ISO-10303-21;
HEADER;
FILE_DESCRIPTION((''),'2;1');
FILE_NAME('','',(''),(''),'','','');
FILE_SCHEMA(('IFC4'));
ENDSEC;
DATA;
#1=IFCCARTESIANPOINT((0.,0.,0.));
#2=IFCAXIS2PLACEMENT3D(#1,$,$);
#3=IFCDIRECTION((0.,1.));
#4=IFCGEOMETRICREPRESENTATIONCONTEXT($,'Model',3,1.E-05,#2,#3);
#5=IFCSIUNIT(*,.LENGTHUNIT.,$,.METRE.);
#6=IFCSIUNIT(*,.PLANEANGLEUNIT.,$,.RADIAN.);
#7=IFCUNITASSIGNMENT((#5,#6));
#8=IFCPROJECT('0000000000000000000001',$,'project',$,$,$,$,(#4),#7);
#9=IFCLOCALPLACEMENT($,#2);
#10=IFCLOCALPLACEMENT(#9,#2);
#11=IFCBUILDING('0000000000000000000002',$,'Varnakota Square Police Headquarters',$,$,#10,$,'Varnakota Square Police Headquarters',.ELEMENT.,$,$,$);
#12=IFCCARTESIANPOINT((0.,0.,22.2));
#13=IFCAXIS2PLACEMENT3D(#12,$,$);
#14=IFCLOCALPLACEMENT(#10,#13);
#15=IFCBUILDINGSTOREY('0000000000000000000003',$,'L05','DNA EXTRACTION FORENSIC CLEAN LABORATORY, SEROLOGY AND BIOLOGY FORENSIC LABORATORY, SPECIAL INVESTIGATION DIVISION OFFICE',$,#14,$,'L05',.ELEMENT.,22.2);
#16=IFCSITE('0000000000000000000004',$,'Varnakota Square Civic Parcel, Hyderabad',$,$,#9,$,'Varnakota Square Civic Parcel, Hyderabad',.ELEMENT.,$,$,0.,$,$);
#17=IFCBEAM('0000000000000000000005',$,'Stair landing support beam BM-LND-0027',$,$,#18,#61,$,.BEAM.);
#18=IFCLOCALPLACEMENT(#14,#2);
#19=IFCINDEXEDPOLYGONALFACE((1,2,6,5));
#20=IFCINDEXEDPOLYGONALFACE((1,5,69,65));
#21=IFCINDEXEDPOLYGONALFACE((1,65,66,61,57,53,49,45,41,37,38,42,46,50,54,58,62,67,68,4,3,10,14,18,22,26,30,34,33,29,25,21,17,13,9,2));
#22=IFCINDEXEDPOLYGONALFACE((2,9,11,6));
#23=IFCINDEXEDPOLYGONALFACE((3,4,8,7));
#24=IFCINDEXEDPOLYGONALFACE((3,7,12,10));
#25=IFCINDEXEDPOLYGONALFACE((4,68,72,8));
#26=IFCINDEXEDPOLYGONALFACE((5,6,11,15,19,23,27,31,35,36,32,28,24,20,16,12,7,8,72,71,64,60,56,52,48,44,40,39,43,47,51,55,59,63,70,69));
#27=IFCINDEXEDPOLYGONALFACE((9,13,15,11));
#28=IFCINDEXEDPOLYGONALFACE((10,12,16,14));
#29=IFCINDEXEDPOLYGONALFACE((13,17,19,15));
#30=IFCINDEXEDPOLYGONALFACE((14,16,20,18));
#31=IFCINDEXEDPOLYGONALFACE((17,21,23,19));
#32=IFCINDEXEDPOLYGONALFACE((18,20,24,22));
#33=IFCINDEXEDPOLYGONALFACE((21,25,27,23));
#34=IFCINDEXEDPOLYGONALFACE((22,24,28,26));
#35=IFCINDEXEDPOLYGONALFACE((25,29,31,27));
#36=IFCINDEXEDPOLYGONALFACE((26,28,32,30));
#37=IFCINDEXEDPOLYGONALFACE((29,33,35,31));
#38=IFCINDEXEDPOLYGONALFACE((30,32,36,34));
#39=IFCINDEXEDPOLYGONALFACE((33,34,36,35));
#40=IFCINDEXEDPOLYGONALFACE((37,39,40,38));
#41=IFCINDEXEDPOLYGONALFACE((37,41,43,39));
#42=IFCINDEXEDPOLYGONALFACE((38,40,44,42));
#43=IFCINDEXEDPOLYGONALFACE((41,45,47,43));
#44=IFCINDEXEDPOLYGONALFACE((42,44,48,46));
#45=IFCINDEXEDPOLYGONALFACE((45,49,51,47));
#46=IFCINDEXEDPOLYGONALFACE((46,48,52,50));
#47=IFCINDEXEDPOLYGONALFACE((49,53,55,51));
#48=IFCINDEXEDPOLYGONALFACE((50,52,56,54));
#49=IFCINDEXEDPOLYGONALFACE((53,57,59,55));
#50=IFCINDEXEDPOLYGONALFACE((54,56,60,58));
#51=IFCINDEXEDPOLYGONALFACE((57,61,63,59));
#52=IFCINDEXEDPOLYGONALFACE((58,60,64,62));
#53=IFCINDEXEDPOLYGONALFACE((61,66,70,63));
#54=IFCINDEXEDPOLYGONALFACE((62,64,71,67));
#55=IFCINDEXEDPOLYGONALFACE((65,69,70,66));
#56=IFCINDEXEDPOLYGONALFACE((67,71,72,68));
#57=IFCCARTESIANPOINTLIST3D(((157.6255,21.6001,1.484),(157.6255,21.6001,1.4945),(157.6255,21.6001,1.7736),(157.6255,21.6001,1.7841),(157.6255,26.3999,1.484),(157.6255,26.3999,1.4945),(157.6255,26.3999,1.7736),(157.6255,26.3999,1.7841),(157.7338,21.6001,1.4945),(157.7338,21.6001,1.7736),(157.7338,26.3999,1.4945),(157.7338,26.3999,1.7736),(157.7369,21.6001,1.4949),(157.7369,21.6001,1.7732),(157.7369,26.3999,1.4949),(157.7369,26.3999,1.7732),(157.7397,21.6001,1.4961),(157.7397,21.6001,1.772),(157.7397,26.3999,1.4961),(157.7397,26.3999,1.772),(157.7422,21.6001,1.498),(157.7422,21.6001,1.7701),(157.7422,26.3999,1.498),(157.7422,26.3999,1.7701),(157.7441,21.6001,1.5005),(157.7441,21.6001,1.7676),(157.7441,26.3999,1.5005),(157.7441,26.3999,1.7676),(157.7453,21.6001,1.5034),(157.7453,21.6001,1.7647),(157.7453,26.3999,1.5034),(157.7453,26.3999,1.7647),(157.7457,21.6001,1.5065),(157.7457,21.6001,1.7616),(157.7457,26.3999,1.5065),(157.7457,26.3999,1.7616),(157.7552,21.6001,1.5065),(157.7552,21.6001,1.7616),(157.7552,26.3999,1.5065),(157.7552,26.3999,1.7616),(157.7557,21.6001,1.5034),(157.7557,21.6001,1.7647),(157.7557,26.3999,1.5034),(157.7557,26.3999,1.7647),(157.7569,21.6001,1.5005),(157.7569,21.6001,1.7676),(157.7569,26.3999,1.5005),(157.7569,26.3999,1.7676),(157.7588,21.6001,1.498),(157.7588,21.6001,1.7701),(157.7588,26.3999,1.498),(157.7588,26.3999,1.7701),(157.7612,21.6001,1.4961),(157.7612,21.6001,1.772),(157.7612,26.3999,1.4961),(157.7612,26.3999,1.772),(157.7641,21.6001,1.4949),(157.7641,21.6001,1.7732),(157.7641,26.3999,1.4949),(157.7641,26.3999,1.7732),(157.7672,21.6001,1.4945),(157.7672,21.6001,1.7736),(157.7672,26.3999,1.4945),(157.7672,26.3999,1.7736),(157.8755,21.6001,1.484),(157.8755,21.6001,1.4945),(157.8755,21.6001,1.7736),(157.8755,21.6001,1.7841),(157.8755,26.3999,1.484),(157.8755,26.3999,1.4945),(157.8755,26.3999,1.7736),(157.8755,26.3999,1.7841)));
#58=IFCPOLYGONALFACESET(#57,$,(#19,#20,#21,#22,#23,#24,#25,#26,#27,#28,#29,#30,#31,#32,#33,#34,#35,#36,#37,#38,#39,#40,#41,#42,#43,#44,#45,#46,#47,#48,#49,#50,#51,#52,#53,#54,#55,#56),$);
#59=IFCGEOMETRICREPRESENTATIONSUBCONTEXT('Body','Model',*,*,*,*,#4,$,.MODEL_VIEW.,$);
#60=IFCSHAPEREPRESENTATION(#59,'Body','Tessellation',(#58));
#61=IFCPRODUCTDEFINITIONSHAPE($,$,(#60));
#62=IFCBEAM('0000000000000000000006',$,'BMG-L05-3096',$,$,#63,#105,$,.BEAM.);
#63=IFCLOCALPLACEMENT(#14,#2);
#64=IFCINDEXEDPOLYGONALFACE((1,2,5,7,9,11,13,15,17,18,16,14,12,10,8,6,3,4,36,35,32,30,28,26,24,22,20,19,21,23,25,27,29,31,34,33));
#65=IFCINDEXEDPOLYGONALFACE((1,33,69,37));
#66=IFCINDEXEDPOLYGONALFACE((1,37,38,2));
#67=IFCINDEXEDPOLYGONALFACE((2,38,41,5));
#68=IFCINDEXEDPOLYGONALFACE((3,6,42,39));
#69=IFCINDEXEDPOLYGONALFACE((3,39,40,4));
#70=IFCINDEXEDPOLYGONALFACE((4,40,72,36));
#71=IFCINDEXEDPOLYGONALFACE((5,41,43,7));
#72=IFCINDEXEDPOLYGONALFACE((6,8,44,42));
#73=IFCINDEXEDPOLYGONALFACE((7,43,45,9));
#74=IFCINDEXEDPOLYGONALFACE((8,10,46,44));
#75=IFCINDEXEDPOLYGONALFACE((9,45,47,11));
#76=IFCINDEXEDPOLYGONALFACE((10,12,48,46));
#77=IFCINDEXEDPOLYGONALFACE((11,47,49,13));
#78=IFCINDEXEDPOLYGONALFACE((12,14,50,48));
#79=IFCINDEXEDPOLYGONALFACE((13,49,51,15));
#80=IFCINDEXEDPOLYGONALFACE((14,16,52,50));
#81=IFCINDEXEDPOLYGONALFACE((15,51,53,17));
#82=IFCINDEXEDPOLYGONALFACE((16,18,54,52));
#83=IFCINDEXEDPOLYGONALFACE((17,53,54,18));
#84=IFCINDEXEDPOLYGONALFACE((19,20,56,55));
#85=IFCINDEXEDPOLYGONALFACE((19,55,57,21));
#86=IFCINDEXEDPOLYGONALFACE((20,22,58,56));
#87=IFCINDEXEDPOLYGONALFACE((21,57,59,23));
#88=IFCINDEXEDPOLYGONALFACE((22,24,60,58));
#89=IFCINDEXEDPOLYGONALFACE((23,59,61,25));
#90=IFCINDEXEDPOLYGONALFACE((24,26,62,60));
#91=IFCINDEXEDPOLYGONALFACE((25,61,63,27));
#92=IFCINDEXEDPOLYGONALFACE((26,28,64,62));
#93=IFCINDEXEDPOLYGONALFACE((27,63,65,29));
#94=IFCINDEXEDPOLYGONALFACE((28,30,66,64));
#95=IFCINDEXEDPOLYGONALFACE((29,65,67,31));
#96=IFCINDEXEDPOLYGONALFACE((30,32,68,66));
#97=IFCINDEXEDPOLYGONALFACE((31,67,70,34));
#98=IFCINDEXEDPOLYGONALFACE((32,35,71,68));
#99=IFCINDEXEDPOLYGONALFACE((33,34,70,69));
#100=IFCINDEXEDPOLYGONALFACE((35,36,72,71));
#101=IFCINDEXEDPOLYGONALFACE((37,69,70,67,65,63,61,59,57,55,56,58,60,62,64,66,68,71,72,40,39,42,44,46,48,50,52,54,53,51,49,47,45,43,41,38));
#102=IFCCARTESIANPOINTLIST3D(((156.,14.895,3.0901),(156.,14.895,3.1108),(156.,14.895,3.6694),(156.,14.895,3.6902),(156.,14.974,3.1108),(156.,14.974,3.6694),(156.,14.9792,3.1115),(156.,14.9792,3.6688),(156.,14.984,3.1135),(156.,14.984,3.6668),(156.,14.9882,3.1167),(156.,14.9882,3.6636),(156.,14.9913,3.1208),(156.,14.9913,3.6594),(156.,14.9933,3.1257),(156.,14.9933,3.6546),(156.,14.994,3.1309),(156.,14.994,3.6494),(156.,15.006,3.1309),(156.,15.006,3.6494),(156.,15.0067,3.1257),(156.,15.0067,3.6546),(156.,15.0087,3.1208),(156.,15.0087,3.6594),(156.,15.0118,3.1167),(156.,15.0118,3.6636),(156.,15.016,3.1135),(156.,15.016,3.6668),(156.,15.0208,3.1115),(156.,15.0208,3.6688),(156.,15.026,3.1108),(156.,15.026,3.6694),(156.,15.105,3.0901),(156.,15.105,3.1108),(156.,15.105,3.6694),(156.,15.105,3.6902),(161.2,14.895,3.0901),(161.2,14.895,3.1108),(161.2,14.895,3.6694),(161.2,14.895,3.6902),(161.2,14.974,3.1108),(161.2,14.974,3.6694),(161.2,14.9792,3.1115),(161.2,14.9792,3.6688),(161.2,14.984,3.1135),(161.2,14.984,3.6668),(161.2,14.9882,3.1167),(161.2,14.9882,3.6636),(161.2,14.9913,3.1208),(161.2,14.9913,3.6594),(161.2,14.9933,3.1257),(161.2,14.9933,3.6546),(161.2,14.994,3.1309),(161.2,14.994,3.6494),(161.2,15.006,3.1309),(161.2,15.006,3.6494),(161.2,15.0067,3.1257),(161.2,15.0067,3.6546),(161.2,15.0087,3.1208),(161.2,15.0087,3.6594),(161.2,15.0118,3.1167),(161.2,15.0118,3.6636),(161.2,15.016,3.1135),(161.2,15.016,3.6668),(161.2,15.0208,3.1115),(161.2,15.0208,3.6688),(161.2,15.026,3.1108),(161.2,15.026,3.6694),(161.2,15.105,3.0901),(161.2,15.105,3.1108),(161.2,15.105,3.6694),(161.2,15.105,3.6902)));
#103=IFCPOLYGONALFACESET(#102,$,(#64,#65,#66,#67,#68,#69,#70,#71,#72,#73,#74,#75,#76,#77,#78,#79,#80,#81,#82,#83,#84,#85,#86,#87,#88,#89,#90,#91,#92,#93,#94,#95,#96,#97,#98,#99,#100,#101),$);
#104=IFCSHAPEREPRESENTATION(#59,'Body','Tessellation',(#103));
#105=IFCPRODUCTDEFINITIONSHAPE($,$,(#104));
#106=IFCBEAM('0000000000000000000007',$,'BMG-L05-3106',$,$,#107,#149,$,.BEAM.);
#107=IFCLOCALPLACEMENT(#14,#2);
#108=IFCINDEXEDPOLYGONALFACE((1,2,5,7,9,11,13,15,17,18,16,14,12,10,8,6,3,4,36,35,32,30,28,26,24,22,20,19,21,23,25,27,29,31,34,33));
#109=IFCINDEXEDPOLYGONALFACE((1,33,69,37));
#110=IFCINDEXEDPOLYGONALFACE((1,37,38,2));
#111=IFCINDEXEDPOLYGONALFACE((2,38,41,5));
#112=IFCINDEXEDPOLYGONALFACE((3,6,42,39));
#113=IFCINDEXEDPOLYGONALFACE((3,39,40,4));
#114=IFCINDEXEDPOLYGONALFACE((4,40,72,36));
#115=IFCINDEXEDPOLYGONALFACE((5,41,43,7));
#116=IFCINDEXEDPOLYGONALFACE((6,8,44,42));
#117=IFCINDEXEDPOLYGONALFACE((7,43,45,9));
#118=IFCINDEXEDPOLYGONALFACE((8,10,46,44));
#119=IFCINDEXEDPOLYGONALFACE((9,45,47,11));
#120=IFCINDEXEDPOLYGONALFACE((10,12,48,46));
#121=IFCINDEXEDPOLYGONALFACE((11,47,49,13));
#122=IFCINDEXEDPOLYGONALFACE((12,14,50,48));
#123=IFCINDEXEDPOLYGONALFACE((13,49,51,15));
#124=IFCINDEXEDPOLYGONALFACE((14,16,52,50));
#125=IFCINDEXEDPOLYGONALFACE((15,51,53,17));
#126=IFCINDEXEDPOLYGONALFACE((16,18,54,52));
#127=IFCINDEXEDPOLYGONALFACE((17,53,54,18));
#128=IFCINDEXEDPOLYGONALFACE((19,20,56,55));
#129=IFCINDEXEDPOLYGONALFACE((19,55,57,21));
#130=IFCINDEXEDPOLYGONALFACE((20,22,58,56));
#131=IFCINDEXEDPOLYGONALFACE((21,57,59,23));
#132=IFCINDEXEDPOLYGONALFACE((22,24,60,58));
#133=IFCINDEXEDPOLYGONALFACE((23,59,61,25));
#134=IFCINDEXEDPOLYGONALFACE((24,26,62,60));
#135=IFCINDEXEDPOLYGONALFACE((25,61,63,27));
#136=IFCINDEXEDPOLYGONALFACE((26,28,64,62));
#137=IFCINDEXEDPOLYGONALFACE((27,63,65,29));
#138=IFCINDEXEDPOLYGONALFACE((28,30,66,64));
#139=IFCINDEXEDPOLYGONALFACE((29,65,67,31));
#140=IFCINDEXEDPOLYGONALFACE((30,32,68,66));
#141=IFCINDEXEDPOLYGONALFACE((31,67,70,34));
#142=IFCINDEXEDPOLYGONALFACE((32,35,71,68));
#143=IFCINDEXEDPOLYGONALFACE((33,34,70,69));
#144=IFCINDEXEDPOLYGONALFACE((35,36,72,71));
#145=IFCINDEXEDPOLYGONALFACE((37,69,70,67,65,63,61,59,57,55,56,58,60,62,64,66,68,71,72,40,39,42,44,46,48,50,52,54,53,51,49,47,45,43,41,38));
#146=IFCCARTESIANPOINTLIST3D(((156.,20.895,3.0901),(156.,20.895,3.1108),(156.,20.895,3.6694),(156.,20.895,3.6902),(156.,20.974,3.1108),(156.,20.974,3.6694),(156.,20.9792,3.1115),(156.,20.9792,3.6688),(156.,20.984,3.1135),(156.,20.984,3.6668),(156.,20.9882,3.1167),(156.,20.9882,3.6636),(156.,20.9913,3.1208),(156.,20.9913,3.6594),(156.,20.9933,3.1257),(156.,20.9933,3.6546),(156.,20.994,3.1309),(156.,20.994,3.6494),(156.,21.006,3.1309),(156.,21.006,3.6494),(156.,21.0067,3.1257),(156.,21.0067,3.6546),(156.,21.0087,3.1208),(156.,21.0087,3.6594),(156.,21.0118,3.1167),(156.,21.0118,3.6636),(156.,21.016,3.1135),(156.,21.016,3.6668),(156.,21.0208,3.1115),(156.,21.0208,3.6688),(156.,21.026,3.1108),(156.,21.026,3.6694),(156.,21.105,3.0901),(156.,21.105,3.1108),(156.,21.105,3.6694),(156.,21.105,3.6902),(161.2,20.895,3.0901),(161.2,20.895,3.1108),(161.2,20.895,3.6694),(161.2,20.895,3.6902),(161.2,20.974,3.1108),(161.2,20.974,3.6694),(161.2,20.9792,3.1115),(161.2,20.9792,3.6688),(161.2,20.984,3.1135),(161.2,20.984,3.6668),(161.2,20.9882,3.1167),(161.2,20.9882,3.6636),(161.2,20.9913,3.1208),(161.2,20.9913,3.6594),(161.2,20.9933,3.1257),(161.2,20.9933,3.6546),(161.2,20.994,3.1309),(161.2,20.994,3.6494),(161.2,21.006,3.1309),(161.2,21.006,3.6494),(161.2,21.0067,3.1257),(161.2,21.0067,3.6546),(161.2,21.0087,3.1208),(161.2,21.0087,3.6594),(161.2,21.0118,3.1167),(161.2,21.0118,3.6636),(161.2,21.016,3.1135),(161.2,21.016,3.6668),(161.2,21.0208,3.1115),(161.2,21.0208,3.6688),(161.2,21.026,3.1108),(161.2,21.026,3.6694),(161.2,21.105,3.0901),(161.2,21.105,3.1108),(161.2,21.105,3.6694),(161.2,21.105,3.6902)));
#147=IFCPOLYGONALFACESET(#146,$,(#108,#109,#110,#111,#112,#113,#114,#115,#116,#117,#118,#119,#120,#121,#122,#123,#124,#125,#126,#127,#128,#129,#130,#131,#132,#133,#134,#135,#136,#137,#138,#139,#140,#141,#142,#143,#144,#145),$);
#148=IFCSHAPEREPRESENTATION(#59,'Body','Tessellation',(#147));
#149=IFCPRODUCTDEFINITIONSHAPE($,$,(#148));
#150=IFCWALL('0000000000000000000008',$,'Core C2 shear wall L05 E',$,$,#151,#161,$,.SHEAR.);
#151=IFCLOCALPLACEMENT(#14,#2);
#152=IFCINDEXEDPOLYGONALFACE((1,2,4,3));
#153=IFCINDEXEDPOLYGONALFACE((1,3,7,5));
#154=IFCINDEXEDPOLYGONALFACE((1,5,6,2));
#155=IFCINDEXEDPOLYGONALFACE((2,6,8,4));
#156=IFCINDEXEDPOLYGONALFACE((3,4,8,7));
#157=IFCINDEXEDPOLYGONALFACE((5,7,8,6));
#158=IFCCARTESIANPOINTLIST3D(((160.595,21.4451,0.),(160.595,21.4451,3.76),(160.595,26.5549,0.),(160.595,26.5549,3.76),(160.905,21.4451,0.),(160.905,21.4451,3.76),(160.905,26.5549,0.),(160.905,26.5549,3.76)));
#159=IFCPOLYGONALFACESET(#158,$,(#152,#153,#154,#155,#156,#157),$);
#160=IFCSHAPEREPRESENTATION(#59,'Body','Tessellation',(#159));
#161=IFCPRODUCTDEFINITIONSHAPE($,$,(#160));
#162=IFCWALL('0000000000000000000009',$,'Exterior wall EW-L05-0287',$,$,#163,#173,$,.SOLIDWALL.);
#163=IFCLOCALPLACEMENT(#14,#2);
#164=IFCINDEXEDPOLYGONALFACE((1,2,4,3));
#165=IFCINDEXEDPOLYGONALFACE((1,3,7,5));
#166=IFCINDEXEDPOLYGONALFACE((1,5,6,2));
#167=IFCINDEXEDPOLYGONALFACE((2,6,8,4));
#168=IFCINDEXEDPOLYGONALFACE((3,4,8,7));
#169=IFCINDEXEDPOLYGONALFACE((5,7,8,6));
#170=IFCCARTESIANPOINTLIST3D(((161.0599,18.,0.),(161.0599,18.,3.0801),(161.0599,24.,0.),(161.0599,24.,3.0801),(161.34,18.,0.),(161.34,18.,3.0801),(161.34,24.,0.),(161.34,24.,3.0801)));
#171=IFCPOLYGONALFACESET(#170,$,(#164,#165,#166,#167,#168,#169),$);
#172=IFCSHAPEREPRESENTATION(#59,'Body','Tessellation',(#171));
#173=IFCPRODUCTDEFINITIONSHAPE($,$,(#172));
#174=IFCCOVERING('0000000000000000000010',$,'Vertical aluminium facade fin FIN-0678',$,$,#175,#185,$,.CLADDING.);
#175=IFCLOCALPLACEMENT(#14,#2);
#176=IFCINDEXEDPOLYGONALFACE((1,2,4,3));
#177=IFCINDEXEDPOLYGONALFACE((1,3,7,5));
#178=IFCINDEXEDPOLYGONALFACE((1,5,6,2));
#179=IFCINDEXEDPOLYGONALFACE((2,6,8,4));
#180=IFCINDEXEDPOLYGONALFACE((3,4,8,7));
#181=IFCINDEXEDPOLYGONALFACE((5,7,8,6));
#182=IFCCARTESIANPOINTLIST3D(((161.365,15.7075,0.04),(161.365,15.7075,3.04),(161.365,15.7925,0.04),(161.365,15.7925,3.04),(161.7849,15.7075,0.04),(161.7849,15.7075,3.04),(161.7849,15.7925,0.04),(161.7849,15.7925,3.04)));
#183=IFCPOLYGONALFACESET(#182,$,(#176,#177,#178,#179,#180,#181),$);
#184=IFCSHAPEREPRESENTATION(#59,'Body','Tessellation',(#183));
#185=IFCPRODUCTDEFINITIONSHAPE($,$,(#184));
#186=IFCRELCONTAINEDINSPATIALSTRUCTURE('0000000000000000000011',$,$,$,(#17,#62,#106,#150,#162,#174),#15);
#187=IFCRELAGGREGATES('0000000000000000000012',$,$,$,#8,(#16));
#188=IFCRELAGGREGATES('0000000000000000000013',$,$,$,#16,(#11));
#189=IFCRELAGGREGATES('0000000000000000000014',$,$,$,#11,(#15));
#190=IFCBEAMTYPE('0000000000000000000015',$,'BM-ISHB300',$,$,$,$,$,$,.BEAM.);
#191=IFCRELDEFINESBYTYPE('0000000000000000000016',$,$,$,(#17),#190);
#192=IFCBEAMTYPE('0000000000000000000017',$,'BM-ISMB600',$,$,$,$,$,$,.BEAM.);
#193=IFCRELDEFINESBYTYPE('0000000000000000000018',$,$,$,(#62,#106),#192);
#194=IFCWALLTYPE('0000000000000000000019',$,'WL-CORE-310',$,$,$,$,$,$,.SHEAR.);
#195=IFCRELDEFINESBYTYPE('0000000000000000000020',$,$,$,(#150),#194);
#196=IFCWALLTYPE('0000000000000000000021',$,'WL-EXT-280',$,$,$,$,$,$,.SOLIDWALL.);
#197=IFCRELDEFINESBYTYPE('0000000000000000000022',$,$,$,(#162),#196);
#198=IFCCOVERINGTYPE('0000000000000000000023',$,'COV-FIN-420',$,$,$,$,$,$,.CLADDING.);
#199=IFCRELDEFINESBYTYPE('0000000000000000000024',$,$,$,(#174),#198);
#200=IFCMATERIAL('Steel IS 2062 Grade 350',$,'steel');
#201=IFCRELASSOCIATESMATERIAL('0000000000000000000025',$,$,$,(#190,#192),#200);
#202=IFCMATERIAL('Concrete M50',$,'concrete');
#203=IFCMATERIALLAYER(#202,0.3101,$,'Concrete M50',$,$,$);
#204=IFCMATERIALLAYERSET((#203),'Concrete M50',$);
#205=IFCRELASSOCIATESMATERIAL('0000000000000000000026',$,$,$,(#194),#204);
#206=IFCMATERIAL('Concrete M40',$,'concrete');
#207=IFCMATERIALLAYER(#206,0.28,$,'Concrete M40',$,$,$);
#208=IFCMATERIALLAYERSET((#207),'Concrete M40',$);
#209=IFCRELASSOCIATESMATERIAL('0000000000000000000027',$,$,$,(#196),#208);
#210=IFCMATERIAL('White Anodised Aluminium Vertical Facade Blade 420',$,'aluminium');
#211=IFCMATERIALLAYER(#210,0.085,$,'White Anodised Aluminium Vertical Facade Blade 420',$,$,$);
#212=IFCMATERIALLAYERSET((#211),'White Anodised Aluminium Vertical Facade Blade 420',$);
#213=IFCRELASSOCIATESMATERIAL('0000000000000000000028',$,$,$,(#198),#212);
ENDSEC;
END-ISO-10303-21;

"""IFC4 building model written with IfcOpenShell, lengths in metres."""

from ifc_helpers import new_model, si_unit, direction, frame, frame_2d, origin, origin_2d, place, context, subcontext, project, spatial, rectangle, i_section, extrude, material, layer, layer_set, material_profile, profile_set, type_object, element, save


model = new_model("IFC4")

# Units and contexts
model_context = context("Model", 3, precision=1e-05, world=origin(), true_north=direction((0.0, 1.0)))
body_context = subcontext(model_context, "Body", "Model", "MODEL_VIEW")
ifc_project = project(units=[si_unit("LENGTHUNIT", "METRE"), si_unit("PLANEANGLEUNIT", "RADIAN")], contexts=[model_context])

# Site, building, storey
site_placement = place(None, origin())
site = spatial("IfcSite", under=ifc_project, at=site_placement, Name="Varnakota Square Civic Parcel, Hyderabad", LongName="Varnakota Square Civic Parcel, Hyderabad", CompositionType="ELEMENT", RefElevation=0.0)
building_placement = place(site_placement, origin())
building = spatial("IfcBuilding", under=site, at=building_placement, Name="Varnakota Square Police Headquarters", LongName="Varnakota Square Police Headquarters", CompositionType="ELEMENT")
storey_placement = place(building_placement, frame((0.0, 0.0, 22.2)))
storey = spatial("IfcBuildingStorey", under=building, at=storey_placement, Name="L05", Description="DNA EXTRACTION FORENSIC CLEAN LABORATORY, SEROLOGY AND BIOLOGY FORENSIC LABORATORY, SPECIAL INVESTIGATION DIVISION OFFICE", LongName="L05", CompositionType="ELEMENT", Elevation=22.2)

# Shared definitions
ifc_material_1 = material(Name="Steel IS 2062 Grade 350", Category="steel")

# Beams
ifc_material_profile_1 = material_profile(ifc_material_1, i_section(OverallWidth=0.25, OverallDepth=0.3, WebThickness=0.0095, FlangeThickness=0.0105, FilletRadius=0.012, at=origin_2d()), Name="ISHB 300")
ifc_profile_set_1 = profile_set([ifc_material_profile_1], Name="Steel IS 2062 Grade 350")
beam_type_1 = type_object("IfcBeamType", Name="BM-ISHB300", PredefinedType="BEAM", material=ifc_profile_set_1)
beam_1_placement = place(storey_placement, frame((157.7505, 21.6001, 1.634), z_axis=(0.0, 1.0, 0.0), x_axis=(-1.0, 0.0, 0.0)))
element("IfcBeam", 1, at=beam_1_placement, inside=storey, type_object=beam_type_1, Name="Stair landing support beam BM-LND-0027", PredefinedType="BEAM", context=body_context, shape_type="SweptSolid", body=[
    extrude(i_section(OverallWidth=0.25, OverallDepth=0.3, WebThickness=0.0095, FlangeThickness=0.0105, FilletRadius=0.012, at=origin_2d()), origin(), (0.0, 0.0, 1.0), 4.7998),
])
ifc_material_profile_2 = material_profile(ifc_material_1, i_section(OverallWidth=0.21, OverallDepth=0.6001, WebThickness=0.012, FlangeThickness=0.0208, FilletRadius=0.02, at=origin_2d()), Name="ISMB 600")
ifc_profile_set_2 = profile_set([ifc_material_profile_2], Name="Steel IS 2062 Grade 350")
beam_type_2 = type_object("IfcBeamType", Name="BM-ISMB600", PredefinedType="BEAM", material=ifc_profile_set_2)
for number, where, z_axis, x_axis, name in (
    (2, (156.0, 15.0, 3.3901), (1.0, 0.0, 0.0), (0.0, 1.0, 0.0), "BMG-L05-3096"),
    (3, (156.0, 21.0, 3.3901), (1.0, 0.0, 0.0), (0.0, 1.0, 0.0), "BMG-L05-3106"),
):
    element("IfcBeam", number, at=place(storey_placement, frame(where, z_axis=z_axis, x_axis=x_axis)), inside=storey, type_object=beam_type_2, Name=name, PredefinedType="BEAM", context=body_context, shape_type="SweptSolid", body=[
        extrude(i_section(OverallWidth=0.21, OverallDepth=0.6001, WebThickness=0.012, FlangeThickness=0.0208, FilletRadius=0.02, at=origin_2d()), origin(), (0.0, 0.0, 1.0), 5.2),
    ])

# Walls
ifc_material_2 = material(Name="Concrete M50", Category="concrete")
ifc_layer_1 = layer(ifc_material_2, 0.3101, Name="Concrete M50")
ifc_layer_set_1 = layer_set([ifc_layer_1], Name="Concrete M50")
wall_type_1 = type_object("IfcWallType", Name="WL-CORE-310", PredefinedType="SHEAR", material=ifc_layer_set_1)
wall_1_placement = place(storey_placement, frame((160.75, 21.4451, 0.0), z_axis=(0.0, 0.0, 1.0), x_axis=(0.0, 1.0, 0.0)))
element("IfcWall", 4, at=wall_1_placement, inside=storey, type_object=wall_type_1, Name="Core C2 shear wall L05 E", PredefinedType="SHEAR", context=body_context, shape_type="SweptSolid", body=[
    extrude(rectangle(XDim=5.1099, YDim=0.3101, at=frame_2d((2.5549, 0.0))), origin(), (0.0, 0.0, 1.0), 3.76),
])
ifc_material_3 = material(Name="Concrete M40", Category="concrete")
ifc_layer_2 = layer(ifc_material_3, 0.28, Name="Concrete M40")
ifc_layer_set_2 = layer_set([ifc_layer_2], Name="Concrete M40")
wall_type_2 = type_object("IfcWallType", Name="WL-EXT-280", PredefinedType="SOLIDWALL", material=ifc_layer_set_2)
wall_2_placement = place(storey_placement, frame((161.2, 18.0, 0.0), z_axis=(0.0, 0.0, 1.0), x_axis=(0.0, 1.0, 0.0)))
element("IfcWall", 5, at=wall_2_placement, inside=storey, type_object=wall_type_2, Name="Exterior wall EW-L05-0287", PredefinedType="SOLIDWALL", context=body_context, shape_type="SweptSolid", body=[
    extrude(rectangle(XDim=6.0, YDim=0.28, at=frame_2d((3.0, 0.0))), origin(), (0.0, 0.0, 1.0), 3.0801),
])

# Covering
ifc_material_4 = material(Name="White Anodised Aluminium Vertical Facade Blade 420", Category="aluminium")
ifc_layer_3 = layer(ifc_material_4, 0.085, Name="White Anodised Aluminium Vertical Facade Blade 420")
ifc_layer_set_3 = layer_set([ifc_layer_3], Name="White Anodised Aluminium Vertical Facade Blade 420")
covering_type_1 = type_object("IfcCoveringType", Name="COV-FIN-420", PredefinedType="CLADDING", material=ifc_layer_set_3)
for number, where, z_axis, x_axis, name in (
    (6, (161.575, 15.75, 0.04), (0.0, 0.0, 1.0), (0.0, 1.0, 0.0), "Vertical aluminium facade fin FIN-0678"),
):
    element("IfcCovering", number, at=place(storey_placement, frame(where, z_axis=z_axis, x_axis=x_axis)), inside=storey, type_object=covering_type_1, Name=name, PredefinedType="CLADDING", context=body_context, shape_type="SweptSolid", body=[
        extrude(rectangle(XDim=0.085, YDim=0.4199, at=origin_2d()), origin(), (0.0, 0.0, 1.0), 3.0),
    ])

save(model, "model.ifc")
